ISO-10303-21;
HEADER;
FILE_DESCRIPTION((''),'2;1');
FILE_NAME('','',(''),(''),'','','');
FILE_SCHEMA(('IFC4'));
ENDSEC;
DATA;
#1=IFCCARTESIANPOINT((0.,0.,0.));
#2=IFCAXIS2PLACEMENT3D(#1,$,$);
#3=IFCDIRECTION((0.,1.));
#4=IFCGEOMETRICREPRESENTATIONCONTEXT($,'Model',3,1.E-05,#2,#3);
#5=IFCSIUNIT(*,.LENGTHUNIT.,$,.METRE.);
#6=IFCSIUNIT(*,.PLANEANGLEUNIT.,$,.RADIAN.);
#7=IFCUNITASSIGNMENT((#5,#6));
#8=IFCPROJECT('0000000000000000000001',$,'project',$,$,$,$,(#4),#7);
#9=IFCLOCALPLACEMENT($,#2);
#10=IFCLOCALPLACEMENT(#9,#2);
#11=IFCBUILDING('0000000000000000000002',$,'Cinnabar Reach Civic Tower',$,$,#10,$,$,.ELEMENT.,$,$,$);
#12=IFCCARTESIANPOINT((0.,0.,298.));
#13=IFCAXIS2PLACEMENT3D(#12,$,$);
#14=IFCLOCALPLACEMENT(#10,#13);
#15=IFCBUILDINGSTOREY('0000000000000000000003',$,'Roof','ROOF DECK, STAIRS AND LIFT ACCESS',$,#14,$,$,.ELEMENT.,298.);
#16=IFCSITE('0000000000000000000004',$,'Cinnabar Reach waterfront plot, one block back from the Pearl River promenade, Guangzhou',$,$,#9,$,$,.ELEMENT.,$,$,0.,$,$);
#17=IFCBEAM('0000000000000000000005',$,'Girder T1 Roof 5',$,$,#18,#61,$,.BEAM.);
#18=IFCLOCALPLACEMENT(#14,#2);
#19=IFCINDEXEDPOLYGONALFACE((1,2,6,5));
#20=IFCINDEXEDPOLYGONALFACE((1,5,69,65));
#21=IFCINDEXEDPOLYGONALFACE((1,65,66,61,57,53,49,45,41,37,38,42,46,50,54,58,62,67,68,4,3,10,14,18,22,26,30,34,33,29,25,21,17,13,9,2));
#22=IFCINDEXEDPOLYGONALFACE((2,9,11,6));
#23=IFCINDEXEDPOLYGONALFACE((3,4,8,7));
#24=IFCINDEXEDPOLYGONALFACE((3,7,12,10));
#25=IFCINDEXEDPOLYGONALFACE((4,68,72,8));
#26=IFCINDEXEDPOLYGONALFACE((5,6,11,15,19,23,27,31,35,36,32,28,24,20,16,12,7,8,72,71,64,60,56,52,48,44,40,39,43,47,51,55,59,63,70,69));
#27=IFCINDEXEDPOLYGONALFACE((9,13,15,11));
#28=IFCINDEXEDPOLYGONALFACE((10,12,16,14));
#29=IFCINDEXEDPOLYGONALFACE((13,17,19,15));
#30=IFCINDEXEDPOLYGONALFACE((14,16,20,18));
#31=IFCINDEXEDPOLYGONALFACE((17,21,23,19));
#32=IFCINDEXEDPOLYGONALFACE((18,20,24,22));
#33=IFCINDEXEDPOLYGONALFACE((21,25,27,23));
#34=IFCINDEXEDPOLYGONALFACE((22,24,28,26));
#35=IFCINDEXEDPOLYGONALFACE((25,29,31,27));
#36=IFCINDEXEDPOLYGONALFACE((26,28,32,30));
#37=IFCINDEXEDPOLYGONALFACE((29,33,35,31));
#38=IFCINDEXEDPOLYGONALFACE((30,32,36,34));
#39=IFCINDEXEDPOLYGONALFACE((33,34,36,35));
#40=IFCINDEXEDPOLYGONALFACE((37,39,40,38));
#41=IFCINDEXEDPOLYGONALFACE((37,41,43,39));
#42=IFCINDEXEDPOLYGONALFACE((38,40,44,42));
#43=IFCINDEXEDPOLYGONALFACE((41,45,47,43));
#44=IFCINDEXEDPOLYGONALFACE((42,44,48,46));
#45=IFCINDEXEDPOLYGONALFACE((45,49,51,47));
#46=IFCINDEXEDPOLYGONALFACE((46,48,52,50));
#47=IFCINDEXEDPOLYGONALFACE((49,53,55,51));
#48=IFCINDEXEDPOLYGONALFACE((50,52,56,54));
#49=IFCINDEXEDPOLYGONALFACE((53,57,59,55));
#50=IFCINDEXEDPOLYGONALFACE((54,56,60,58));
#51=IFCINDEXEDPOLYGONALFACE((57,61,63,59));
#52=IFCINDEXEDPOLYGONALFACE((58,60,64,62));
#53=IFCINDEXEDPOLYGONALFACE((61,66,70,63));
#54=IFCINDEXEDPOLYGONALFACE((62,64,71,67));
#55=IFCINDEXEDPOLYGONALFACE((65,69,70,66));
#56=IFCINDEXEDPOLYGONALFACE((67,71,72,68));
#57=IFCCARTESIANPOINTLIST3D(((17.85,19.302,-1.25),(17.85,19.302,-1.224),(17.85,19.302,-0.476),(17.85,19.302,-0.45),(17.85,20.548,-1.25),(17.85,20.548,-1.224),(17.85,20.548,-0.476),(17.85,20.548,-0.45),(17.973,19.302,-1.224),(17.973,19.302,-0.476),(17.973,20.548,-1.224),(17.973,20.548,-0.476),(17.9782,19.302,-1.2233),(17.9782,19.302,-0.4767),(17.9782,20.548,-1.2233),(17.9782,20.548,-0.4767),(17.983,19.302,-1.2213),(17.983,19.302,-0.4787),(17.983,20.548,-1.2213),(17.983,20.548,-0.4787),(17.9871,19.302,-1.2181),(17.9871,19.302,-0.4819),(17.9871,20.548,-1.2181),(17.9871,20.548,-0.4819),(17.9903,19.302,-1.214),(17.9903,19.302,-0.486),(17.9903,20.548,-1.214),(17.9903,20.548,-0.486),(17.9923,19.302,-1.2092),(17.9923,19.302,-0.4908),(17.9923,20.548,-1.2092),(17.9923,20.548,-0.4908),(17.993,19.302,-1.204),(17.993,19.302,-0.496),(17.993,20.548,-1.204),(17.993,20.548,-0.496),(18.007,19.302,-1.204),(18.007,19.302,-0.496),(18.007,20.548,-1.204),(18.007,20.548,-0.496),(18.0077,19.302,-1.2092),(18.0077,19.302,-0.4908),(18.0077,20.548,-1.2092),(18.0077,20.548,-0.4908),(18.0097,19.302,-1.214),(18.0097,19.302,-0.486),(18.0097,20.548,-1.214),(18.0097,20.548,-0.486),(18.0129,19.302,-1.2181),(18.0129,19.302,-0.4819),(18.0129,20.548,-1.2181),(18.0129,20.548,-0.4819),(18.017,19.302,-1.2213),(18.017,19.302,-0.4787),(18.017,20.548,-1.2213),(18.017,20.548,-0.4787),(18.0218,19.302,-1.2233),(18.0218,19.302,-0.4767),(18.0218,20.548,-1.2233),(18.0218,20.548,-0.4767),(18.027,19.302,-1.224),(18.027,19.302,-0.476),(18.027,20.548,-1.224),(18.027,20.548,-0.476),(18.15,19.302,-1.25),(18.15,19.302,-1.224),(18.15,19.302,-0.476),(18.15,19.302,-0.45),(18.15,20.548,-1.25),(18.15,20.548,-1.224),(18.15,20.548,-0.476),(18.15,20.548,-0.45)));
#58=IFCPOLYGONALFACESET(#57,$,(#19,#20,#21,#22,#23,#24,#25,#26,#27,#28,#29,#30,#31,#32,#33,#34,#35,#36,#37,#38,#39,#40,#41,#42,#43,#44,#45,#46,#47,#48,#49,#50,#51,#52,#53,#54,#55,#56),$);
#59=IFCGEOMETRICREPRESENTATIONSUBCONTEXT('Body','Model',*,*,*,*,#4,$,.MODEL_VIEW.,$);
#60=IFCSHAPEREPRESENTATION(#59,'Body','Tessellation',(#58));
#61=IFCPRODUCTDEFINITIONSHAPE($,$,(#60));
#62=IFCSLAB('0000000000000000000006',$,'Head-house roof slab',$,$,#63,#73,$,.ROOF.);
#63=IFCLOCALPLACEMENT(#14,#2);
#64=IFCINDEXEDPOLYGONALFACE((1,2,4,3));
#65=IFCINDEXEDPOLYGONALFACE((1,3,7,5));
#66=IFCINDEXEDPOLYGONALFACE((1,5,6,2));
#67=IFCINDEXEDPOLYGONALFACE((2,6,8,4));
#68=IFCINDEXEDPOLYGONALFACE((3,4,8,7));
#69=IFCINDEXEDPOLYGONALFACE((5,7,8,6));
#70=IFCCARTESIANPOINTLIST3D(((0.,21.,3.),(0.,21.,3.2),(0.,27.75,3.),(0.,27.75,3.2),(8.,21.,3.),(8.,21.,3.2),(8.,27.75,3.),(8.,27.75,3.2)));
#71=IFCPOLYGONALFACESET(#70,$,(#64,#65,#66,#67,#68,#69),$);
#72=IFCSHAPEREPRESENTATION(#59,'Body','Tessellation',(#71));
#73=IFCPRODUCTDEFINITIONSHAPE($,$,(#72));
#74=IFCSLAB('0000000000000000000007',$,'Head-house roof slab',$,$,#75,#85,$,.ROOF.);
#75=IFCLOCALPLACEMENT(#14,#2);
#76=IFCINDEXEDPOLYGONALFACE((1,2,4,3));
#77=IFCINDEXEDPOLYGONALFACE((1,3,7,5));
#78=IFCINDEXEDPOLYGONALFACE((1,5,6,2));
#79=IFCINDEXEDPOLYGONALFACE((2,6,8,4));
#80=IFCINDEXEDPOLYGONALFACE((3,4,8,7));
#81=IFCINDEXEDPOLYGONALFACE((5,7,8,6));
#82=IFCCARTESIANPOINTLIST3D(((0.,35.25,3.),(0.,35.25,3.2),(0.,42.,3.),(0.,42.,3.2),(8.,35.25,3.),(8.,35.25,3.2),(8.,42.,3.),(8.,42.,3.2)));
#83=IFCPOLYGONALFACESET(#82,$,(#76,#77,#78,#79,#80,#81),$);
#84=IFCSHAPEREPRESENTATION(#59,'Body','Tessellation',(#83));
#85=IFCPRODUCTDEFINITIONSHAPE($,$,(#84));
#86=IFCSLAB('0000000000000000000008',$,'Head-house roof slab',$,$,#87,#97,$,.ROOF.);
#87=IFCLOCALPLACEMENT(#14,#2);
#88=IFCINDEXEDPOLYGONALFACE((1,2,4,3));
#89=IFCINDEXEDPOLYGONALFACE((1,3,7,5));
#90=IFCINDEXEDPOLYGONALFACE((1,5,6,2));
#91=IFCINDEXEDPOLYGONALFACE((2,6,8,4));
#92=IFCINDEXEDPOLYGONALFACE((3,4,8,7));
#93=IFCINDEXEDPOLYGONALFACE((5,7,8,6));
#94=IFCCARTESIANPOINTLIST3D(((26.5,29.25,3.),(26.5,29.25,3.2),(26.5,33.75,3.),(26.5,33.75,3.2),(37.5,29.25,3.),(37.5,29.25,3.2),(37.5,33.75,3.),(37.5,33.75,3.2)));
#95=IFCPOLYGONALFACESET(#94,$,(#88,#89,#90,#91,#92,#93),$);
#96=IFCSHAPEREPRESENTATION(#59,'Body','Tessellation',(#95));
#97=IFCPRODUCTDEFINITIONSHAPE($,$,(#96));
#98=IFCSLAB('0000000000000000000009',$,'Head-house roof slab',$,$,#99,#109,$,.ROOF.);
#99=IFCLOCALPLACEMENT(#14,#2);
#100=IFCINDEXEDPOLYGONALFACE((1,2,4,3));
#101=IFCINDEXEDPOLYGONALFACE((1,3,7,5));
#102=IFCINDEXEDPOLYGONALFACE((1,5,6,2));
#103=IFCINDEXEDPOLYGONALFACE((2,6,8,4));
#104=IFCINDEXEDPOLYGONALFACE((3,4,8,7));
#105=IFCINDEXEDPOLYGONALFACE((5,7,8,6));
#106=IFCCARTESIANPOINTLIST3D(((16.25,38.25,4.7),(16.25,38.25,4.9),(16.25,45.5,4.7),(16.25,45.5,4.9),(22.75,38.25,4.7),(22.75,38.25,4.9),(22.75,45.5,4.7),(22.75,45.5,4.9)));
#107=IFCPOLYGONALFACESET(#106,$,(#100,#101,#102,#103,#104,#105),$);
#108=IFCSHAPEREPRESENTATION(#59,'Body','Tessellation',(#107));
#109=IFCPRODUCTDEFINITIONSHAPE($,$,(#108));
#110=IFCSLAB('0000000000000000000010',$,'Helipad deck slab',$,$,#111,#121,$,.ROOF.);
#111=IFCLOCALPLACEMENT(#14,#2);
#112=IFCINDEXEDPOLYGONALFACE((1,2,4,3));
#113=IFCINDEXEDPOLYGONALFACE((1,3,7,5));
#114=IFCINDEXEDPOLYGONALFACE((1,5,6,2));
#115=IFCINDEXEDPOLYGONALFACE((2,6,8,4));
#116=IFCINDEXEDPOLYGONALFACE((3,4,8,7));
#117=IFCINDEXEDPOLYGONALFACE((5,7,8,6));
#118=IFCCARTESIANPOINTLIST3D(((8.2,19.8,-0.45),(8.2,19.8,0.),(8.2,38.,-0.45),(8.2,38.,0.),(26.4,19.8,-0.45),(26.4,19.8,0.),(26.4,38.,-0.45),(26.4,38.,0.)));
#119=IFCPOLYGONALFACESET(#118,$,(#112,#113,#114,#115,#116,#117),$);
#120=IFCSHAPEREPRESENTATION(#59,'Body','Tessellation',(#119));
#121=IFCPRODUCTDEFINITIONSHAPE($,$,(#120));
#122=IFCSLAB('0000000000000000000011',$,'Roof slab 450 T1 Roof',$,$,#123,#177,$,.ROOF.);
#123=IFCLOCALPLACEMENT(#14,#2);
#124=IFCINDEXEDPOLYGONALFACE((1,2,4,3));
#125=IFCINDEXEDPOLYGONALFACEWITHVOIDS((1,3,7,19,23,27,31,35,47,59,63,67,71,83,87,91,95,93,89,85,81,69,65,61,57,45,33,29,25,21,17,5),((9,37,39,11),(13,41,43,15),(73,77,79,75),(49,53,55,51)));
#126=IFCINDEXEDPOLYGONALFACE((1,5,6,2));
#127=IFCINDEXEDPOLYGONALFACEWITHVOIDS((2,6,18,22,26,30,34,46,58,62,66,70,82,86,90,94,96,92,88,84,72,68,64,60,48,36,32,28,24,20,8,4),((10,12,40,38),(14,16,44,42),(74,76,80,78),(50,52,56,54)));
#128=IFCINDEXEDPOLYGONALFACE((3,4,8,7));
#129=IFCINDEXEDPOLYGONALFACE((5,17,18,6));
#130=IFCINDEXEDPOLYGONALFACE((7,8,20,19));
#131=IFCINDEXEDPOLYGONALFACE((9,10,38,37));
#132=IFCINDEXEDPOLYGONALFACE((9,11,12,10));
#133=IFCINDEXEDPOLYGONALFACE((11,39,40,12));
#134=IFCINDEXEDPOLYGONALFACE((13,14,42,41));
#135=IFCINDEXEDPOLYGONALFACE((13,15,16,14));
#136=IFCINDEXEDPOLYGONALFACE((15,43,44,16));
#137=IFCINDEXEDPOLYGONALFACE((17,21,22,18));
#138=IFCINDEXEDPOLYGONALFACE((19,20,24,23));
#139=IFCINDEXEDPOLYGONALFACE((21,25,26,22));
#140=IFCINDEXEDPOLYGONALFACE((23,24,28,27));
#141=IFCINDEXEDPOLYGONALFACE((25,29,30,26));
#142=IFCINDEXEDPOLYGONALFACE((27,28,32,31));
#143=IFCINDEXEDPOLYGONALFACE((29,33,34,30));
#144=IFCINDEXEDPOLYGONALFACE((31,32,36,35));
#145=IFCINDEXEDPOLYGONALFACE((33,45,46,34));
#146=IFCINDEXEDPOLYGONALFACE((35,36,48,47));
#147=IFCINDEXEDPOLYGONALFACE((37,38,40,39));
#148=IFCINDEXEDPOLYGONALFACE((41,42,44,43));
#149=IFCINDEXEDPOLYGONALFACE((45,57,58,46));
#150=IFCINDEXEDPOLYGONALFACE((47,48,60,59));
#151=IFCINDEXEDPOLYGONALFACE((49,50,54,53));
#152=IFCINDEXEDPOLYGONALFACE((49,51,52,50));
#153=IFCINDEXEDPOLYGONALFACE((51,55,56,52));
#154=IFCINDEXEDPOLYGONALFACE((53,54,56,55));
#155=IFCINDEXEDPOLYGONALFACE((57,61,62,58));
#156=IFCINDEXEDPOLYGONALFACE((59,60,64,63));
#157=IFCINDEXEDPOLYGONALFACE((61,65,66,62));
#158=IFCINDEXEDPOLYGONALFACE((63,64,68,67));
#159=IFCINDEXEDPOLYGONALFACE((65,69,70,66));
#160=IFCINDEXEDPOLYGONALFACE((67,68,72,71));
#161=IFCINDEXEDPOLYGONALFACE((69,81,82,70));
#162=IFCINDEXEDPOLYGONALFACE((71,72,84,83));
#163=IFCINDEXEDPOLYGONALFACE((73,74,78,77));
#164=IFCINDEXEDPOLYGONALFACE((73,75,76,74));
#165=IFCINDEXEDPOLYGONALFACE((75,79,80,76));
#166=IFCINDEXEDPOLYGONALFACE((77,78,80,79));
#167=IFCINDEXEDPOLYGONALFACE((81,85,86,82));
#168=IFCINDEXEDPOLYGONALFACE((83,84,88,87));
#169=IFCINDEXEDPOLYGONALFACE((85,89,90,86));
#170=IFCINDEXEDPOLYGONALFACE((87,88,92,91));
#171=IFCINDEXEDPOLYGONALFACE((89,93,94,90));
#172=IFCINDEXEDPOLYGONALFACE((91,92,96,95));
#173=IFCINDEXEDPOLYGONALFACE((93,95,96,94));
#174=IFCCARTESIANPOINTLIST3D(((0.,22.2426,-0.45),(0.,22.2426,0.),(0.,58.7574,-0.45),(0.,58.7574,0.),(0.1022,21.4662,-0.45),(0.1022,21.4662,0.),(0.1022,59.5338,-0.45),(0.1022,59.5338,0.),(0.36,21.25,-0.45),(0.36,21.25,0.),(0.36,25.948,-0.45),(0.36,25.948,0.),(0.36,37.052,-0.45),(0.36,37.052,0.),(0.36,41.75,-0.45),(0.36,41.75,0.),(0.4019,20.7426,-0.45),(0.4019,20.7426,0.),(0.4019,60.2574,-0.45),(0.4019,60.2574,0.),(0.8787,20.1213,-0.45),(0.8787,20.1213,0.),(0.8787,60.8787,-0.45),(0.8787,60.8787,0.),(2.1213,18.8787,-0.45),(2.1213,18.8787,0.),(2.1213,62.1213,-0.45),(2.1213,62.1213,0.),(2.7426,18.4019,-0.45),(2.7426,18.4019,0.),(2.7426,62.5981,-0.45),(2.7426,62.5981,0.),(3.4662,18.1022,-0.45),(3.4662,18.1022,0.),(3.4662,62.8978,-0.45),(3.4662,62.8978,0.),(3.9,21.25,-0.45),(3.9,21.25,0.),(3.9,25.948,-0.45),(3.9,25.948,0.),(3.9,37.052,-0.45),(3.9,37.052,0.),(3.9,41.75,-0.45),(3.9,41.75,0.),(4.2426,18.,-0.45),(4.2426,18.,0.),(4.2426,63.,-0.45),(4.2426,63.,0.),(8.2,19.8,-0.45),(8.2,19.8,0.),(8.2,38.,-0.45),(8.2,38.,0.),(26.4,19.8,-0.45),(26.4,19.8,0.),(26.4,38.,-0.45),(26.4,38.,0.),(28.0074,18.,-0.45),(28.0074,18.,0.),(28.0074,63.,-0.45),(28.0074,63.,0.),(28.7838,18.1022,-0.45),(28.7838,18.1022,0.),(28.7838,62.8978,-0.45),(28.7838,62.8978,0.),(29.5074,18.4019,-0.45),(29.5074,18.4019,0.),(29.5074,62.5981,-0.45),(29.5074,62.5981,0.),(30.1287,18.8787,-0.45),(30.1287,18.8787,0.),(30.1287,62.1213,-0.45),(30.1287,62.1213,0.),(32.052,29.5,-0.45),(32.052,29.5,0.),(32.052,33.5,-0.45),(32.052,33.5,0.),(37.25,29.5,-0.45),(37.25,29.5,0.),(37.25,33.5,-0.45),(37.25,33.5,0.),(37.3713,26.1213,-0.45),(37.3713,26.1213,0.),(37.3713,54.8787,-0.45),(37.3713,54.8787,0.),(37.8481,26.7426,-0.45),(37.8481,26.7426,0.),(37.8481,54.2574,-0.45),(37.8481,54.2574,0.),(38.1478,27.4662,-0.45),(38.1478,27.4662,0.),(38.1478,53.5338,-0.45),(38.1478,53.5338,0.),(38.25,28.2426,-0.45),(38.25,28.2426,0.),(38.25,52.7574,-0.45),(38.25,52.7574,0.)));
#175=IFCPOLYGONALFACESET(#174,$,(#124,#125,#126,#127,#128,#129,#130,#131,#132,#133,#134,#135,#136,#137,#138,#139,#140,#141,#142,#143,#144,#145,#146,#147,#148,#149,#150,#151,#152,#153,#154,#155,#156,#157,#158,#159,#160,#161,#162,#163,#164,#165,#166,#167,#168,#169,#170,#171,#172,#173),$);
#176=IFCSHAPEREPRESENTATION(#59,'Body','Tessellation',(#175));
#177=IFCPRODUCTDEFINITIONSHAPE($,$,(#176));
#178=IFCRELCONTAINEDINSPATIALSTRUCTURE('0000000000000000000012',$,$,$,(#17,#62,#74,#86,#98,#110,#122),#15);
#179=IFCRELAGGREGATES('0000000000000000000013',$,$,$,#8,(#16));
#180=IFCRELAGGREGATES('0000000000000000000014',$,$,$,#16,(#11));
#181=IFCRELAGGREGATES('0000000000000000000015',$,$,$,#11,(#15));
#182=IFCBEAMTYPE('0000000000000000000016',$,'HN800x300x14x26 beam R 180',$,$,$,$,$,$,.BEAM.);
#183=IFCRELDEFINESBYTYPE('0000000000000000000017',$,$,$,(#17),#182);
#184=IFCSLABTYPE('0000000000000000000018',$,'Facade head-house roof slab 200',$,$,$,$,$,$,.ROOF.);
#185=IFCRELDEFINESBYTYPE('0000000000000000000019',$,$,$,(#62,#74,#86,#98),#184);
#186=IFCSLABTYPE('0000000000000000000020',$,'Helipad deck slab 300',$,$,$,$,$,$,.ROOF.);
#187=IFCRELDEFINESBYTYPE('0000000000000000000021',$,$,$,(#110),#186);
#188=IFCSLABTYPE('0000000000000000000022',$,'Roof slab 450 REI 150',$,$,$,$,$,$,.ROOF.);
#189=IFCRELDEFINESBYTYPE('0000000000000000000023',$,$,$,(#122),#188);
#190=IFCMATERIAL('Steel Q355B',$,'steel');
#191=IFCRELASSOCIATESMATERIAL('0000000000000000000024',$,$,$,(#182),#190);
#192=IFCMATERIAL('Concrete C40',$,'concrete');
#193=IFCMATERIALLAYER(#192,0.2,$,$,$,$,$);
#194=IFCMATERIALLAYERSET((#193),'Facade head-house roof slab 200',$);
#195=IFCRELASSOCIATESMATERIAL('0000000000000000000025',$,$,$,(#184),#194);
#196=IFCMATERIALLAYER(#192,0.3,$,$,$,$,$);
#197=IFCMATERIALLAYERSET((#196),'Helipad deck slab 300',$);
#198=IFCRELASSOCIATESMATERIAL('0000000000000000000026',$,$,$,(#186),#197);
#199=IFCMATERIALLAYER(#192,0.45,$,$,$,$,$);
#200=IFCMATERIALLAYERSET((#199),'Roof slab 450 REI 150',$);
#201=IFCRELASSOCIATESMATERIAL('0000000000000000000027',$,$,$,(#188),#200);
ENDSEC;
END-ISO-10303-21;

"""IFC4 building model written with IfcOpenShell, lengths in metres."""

from ifc_helpers import new_model, si_unit, direction, frame, origin, origin_2d, place, context, subcontext, project, spatial, polyline, i_section, outline, extrude, material, layer, layer_set, material_profile, profile_set, type_object, element, save


model = new_model("IFC4")

# Units and contexts
model_context = context("Model", 3, precision=1e-05, world=origin(), true_north=direction((0.0, 1.0)))
body_context = subcontext(model_context, "Body", "Model", "MODEL_VIEW")
ifc_project = project(units=[si_unit("LENGTHUNIT", "METRE"), si_unit("PLANEANGLEUNIT", "RADIAN")], contexts=[model_context])

# Site, building, storey
site_placement = place(None, origin())
site = spatial("IfcSite", under=ifc_project, at=site_placement, Name="Cinnabar Reach waterfront plot, one block back from the Pearl River promenade, Guangzhou", CompositionType="ELEMENT", RefElevation=0.0)
building_placement = place(site_placement, origin())
building = spatial("IfcBuilding", under=site, at=building_placement, Name="Cinnabar Reach Civic Tower", CompositionType="ELEMENT")
storey_placement = place(building_placement, frame((0.0, 0.0, 298.0)))
storey = spatial("IfcBuildingStorey", under=building, at=storey_placement, Name="Roof", Description="ROOF DECK, STAIRS AND LIFT ACCESS", CompositionType="ELEMENT", Elevation=298.0)

# Beam
ifc_material_1 = material(Name="Steel Q355B", Category="steel")
ifc_material_profile_1 = material_profile(ifc_material_1, i_section(OverallWidth=0.3, OverallDepth=0.8, WebThickness=0.014, FlangeThickness=0.026, FilletRadius=0.02, at=origin_2d()), Name="HN800x300x14x26")
ifc_profile_set_1 = profile_set([ifc_material_profile_1], Name="Steel Q355B")
beam_type_1 = type_object("IfcBeamType", Name="HN800x300x14x26 beam R 180", PredefinedType="BEAM", material=ifc_profile_set_1)
for number, where, z_axis, x_axis, name in (
    (1, (18.0, 19.302, -0.85), (0.0, 1.0, 0.0), (-1.0, 0.0, 0.0), "Girder T1 Roof 5"),
):
    element("IfcBeam", number, at=place(storey_placement, frame(where, z_axis=z_axis, x_axis=x_axis)), inside=storey, type_object=beam_type_1, Name=name, PredefinedType="BEAM", context=body_context, shape_type="SweptSolid", body=[
        extrude(i_section(OverallWidth=0.3, OverallDepth=0.8, WebThickness=0.014, FlangeThickness=0.026, FilletRadius=0.02, at=origin_2d()), origin(), (0.0, 0.0, 1.0), 1.246),
    ])

# Slabs
ifc_material_2 = material(Name="Concrete C40", Category="concrete")
ifc_layer_1 = layer(ifc_material_2, 0.2)
ifc_layer_set_1 = layer_set([ifc_layer_1], Name="Facade head-house roof slab 200")
slab_type_1 = type_object("IfcSlabType", Name="Facade head-house roof slab 200", PredefinedType="ROOF", material=ifc_layer_set_1)
slab_1_placement = place(storey_placement, frame((0.0, 0.0, 3.0)))
element("IfcSlab", 2, at=slab_1_placement, inside=storey, type_object=slab_type_1, Name="Head-house roof slab", PredefinedType="ROOF", context=body_context, shape_type="SweptSolid", body=[
    extrude(outline(polyline([(0.0, 21.0), (8.0, 21.0), (8.0, 27.75), (0.0, 27.75), (0.0, 21.0)])), origin(), (0.0, 0.0, 1.0), 0.2),
])
slab_2_placement = place(storey_placement, frame((0.0, 0.0, 3.0)))
element("IfcSlab", 3, at=slab_2_placement, inside=storey, type_object=slab_type_1, Name="Head-house roof slab", PredefinedType="ROOF", context=body_context, shape_type="SweptSolid", body=[
    extrude(outline(polyline([(0.0, 35.25), (8.0, 35.25), (8.0, 42.0), (0.0, 42.0), (0.0, 35.25)])), origin(), (0.0, 0.0, 1.0), 0.2),
])
slab_3_placement = place(storey_placement, frame((0.0, 0.0, 3.0)))
element("IfcSlab", 4, at=slab_3_placement, inside=storey, type_object=slab_type_1, Name="Head-house roof slab", PredefinedType="ROOF", context=body_context, shape_type="SweptSolid", body=[
    extrude(outline(polyline([(26.5, 29.25), (37.5, 29.25), (37.5, 33.75), (26.5, 33.75), (26.5, 29.25)])), origin(), (0.0, 0.0, 1.0), 0.2),
])
slab_4_placement = place(storey_placement, frame((0.0, 0.0, 4.7)))
element("IfcSlab", 5, at=slab_4_placement, inside=storey, type_object=slab_type_1, Name="Head-house roof slab", PredefinedType="ROOF", context=body_context, shape_type="SweptSolid", body=[
    extrude(outline(polyline([(16.25, 38.25), (22.75, 38.25), (22.75, 45.5), (16.25, 45.5), (16.25, 38.25)])), origin(), (0.0, 0.0, 1.0), 0.2),
])
ifc_layer_2 = layer(ifc_material_2, 0.3)
ifc_layer_set_2 = layer_set([ifc_layer_2], Name="Helipad deck slab 300")
slab_type_2 = type_object("IfcSlabType", Name="Helipad deck slab 300", PredefinedType="ROOF", material=ifc_layer_set_2)
slab_5_placement = place(storey_placement, frame((0.0, 0.0, -0.45)))
element("IfcSlab", 6, at=slab_5_placement, inside=storey, type_object=slab_type_2, Name="Helipad deck slab", PredefinedType="ROOF", context=body_context, shape_type="SweptSolid", body=[
    extrude(outline(polyline([(26.4, 19.8), (26.4, 38.0), (8.2, 38.0), (8.2, 19.8), (26.4, 19.8)])), origin(), (0.0, 0.0, 1.0), 0.45),
])
ifc_layer_3 = layer(ifc_material_2, 0.45)
ifc_layer_set_3 = layer_set([ifc_layer_3], Name="Roof slab 450 REI 150")
slab_type_3 = type_object("IfcSlabType", Name="Roof slab 450 REI 150", PredefinedType="ROOF", material=ifc_layer_set_3)
slab_6_placement = place(storey_placement, frame((0.0, 0.0, -0.45)))
element("IfcSlab", 7, at=slab_6_placement, inside=storey, type_object=slab_type_3, Name="Roof slab 450 T1 Roof", PredefinedType="ROOF", context=body_context, shape_type="SweptSolid", body=[
    extrude(outline(polyline([(0.8787, 20.1213), (0.4019, 20.7426), (0.1022, 21.4662), (0.0, 22.2426), (0.0, 58.7574), (0.1022, 59.5338), (0.4019, 60.2574), (0.8787, 60.8787), (2.1213, 62.1213), (2.7426, 62.5981), (3.4662, 62.8978), (4.2426, 63.0), (28.0074, 63.0), (28.7838, 62.8978), (29.5074, 62.5981), (30.1287, 62.1213), (37.3713, 54.8787), (37.8481, 54.2574), (38.1478, 53.5338), (38.25, 52.7574), (38.25, 28.2426), (38.1478, 27.4662), (37.8481, 26.7426), (37.3713, 26.1213), (30.1287, 18.8787), (29.5074, 18.4019), (28.7838, 18.1022), (28.0074, 18.0), (4.2426, 18.0), (3.4662, 18.1022), (2.7426, 18.4019), (2.1213, 18.8787), (0.8787, 20.1213)]), holes=[polyline([(26.4, 38.0), (8.2, 38.0), (8.2, 19.8), (26.4, 19.8), (26.4, 38.0)]), polyline([(0.36, 21.25), (3.9, 21.25), (3.9, 25.948), (0.36, 25.948), (0.36, 21.25)]), polyline([(0.36, 37.052), (3.9, 37.052), (3.9, 41.75), (0.36, 41.75), (0.36, 37.052)]), polyline([(32.052, 29.5), (37.25, 29.5), (37.25, 33.5), (32.052, 33.5), (32.052, 29.5)])]), origin(), (0.0, 0.0, 1.0), 0.45),
])

save(model, "model.ifc")
